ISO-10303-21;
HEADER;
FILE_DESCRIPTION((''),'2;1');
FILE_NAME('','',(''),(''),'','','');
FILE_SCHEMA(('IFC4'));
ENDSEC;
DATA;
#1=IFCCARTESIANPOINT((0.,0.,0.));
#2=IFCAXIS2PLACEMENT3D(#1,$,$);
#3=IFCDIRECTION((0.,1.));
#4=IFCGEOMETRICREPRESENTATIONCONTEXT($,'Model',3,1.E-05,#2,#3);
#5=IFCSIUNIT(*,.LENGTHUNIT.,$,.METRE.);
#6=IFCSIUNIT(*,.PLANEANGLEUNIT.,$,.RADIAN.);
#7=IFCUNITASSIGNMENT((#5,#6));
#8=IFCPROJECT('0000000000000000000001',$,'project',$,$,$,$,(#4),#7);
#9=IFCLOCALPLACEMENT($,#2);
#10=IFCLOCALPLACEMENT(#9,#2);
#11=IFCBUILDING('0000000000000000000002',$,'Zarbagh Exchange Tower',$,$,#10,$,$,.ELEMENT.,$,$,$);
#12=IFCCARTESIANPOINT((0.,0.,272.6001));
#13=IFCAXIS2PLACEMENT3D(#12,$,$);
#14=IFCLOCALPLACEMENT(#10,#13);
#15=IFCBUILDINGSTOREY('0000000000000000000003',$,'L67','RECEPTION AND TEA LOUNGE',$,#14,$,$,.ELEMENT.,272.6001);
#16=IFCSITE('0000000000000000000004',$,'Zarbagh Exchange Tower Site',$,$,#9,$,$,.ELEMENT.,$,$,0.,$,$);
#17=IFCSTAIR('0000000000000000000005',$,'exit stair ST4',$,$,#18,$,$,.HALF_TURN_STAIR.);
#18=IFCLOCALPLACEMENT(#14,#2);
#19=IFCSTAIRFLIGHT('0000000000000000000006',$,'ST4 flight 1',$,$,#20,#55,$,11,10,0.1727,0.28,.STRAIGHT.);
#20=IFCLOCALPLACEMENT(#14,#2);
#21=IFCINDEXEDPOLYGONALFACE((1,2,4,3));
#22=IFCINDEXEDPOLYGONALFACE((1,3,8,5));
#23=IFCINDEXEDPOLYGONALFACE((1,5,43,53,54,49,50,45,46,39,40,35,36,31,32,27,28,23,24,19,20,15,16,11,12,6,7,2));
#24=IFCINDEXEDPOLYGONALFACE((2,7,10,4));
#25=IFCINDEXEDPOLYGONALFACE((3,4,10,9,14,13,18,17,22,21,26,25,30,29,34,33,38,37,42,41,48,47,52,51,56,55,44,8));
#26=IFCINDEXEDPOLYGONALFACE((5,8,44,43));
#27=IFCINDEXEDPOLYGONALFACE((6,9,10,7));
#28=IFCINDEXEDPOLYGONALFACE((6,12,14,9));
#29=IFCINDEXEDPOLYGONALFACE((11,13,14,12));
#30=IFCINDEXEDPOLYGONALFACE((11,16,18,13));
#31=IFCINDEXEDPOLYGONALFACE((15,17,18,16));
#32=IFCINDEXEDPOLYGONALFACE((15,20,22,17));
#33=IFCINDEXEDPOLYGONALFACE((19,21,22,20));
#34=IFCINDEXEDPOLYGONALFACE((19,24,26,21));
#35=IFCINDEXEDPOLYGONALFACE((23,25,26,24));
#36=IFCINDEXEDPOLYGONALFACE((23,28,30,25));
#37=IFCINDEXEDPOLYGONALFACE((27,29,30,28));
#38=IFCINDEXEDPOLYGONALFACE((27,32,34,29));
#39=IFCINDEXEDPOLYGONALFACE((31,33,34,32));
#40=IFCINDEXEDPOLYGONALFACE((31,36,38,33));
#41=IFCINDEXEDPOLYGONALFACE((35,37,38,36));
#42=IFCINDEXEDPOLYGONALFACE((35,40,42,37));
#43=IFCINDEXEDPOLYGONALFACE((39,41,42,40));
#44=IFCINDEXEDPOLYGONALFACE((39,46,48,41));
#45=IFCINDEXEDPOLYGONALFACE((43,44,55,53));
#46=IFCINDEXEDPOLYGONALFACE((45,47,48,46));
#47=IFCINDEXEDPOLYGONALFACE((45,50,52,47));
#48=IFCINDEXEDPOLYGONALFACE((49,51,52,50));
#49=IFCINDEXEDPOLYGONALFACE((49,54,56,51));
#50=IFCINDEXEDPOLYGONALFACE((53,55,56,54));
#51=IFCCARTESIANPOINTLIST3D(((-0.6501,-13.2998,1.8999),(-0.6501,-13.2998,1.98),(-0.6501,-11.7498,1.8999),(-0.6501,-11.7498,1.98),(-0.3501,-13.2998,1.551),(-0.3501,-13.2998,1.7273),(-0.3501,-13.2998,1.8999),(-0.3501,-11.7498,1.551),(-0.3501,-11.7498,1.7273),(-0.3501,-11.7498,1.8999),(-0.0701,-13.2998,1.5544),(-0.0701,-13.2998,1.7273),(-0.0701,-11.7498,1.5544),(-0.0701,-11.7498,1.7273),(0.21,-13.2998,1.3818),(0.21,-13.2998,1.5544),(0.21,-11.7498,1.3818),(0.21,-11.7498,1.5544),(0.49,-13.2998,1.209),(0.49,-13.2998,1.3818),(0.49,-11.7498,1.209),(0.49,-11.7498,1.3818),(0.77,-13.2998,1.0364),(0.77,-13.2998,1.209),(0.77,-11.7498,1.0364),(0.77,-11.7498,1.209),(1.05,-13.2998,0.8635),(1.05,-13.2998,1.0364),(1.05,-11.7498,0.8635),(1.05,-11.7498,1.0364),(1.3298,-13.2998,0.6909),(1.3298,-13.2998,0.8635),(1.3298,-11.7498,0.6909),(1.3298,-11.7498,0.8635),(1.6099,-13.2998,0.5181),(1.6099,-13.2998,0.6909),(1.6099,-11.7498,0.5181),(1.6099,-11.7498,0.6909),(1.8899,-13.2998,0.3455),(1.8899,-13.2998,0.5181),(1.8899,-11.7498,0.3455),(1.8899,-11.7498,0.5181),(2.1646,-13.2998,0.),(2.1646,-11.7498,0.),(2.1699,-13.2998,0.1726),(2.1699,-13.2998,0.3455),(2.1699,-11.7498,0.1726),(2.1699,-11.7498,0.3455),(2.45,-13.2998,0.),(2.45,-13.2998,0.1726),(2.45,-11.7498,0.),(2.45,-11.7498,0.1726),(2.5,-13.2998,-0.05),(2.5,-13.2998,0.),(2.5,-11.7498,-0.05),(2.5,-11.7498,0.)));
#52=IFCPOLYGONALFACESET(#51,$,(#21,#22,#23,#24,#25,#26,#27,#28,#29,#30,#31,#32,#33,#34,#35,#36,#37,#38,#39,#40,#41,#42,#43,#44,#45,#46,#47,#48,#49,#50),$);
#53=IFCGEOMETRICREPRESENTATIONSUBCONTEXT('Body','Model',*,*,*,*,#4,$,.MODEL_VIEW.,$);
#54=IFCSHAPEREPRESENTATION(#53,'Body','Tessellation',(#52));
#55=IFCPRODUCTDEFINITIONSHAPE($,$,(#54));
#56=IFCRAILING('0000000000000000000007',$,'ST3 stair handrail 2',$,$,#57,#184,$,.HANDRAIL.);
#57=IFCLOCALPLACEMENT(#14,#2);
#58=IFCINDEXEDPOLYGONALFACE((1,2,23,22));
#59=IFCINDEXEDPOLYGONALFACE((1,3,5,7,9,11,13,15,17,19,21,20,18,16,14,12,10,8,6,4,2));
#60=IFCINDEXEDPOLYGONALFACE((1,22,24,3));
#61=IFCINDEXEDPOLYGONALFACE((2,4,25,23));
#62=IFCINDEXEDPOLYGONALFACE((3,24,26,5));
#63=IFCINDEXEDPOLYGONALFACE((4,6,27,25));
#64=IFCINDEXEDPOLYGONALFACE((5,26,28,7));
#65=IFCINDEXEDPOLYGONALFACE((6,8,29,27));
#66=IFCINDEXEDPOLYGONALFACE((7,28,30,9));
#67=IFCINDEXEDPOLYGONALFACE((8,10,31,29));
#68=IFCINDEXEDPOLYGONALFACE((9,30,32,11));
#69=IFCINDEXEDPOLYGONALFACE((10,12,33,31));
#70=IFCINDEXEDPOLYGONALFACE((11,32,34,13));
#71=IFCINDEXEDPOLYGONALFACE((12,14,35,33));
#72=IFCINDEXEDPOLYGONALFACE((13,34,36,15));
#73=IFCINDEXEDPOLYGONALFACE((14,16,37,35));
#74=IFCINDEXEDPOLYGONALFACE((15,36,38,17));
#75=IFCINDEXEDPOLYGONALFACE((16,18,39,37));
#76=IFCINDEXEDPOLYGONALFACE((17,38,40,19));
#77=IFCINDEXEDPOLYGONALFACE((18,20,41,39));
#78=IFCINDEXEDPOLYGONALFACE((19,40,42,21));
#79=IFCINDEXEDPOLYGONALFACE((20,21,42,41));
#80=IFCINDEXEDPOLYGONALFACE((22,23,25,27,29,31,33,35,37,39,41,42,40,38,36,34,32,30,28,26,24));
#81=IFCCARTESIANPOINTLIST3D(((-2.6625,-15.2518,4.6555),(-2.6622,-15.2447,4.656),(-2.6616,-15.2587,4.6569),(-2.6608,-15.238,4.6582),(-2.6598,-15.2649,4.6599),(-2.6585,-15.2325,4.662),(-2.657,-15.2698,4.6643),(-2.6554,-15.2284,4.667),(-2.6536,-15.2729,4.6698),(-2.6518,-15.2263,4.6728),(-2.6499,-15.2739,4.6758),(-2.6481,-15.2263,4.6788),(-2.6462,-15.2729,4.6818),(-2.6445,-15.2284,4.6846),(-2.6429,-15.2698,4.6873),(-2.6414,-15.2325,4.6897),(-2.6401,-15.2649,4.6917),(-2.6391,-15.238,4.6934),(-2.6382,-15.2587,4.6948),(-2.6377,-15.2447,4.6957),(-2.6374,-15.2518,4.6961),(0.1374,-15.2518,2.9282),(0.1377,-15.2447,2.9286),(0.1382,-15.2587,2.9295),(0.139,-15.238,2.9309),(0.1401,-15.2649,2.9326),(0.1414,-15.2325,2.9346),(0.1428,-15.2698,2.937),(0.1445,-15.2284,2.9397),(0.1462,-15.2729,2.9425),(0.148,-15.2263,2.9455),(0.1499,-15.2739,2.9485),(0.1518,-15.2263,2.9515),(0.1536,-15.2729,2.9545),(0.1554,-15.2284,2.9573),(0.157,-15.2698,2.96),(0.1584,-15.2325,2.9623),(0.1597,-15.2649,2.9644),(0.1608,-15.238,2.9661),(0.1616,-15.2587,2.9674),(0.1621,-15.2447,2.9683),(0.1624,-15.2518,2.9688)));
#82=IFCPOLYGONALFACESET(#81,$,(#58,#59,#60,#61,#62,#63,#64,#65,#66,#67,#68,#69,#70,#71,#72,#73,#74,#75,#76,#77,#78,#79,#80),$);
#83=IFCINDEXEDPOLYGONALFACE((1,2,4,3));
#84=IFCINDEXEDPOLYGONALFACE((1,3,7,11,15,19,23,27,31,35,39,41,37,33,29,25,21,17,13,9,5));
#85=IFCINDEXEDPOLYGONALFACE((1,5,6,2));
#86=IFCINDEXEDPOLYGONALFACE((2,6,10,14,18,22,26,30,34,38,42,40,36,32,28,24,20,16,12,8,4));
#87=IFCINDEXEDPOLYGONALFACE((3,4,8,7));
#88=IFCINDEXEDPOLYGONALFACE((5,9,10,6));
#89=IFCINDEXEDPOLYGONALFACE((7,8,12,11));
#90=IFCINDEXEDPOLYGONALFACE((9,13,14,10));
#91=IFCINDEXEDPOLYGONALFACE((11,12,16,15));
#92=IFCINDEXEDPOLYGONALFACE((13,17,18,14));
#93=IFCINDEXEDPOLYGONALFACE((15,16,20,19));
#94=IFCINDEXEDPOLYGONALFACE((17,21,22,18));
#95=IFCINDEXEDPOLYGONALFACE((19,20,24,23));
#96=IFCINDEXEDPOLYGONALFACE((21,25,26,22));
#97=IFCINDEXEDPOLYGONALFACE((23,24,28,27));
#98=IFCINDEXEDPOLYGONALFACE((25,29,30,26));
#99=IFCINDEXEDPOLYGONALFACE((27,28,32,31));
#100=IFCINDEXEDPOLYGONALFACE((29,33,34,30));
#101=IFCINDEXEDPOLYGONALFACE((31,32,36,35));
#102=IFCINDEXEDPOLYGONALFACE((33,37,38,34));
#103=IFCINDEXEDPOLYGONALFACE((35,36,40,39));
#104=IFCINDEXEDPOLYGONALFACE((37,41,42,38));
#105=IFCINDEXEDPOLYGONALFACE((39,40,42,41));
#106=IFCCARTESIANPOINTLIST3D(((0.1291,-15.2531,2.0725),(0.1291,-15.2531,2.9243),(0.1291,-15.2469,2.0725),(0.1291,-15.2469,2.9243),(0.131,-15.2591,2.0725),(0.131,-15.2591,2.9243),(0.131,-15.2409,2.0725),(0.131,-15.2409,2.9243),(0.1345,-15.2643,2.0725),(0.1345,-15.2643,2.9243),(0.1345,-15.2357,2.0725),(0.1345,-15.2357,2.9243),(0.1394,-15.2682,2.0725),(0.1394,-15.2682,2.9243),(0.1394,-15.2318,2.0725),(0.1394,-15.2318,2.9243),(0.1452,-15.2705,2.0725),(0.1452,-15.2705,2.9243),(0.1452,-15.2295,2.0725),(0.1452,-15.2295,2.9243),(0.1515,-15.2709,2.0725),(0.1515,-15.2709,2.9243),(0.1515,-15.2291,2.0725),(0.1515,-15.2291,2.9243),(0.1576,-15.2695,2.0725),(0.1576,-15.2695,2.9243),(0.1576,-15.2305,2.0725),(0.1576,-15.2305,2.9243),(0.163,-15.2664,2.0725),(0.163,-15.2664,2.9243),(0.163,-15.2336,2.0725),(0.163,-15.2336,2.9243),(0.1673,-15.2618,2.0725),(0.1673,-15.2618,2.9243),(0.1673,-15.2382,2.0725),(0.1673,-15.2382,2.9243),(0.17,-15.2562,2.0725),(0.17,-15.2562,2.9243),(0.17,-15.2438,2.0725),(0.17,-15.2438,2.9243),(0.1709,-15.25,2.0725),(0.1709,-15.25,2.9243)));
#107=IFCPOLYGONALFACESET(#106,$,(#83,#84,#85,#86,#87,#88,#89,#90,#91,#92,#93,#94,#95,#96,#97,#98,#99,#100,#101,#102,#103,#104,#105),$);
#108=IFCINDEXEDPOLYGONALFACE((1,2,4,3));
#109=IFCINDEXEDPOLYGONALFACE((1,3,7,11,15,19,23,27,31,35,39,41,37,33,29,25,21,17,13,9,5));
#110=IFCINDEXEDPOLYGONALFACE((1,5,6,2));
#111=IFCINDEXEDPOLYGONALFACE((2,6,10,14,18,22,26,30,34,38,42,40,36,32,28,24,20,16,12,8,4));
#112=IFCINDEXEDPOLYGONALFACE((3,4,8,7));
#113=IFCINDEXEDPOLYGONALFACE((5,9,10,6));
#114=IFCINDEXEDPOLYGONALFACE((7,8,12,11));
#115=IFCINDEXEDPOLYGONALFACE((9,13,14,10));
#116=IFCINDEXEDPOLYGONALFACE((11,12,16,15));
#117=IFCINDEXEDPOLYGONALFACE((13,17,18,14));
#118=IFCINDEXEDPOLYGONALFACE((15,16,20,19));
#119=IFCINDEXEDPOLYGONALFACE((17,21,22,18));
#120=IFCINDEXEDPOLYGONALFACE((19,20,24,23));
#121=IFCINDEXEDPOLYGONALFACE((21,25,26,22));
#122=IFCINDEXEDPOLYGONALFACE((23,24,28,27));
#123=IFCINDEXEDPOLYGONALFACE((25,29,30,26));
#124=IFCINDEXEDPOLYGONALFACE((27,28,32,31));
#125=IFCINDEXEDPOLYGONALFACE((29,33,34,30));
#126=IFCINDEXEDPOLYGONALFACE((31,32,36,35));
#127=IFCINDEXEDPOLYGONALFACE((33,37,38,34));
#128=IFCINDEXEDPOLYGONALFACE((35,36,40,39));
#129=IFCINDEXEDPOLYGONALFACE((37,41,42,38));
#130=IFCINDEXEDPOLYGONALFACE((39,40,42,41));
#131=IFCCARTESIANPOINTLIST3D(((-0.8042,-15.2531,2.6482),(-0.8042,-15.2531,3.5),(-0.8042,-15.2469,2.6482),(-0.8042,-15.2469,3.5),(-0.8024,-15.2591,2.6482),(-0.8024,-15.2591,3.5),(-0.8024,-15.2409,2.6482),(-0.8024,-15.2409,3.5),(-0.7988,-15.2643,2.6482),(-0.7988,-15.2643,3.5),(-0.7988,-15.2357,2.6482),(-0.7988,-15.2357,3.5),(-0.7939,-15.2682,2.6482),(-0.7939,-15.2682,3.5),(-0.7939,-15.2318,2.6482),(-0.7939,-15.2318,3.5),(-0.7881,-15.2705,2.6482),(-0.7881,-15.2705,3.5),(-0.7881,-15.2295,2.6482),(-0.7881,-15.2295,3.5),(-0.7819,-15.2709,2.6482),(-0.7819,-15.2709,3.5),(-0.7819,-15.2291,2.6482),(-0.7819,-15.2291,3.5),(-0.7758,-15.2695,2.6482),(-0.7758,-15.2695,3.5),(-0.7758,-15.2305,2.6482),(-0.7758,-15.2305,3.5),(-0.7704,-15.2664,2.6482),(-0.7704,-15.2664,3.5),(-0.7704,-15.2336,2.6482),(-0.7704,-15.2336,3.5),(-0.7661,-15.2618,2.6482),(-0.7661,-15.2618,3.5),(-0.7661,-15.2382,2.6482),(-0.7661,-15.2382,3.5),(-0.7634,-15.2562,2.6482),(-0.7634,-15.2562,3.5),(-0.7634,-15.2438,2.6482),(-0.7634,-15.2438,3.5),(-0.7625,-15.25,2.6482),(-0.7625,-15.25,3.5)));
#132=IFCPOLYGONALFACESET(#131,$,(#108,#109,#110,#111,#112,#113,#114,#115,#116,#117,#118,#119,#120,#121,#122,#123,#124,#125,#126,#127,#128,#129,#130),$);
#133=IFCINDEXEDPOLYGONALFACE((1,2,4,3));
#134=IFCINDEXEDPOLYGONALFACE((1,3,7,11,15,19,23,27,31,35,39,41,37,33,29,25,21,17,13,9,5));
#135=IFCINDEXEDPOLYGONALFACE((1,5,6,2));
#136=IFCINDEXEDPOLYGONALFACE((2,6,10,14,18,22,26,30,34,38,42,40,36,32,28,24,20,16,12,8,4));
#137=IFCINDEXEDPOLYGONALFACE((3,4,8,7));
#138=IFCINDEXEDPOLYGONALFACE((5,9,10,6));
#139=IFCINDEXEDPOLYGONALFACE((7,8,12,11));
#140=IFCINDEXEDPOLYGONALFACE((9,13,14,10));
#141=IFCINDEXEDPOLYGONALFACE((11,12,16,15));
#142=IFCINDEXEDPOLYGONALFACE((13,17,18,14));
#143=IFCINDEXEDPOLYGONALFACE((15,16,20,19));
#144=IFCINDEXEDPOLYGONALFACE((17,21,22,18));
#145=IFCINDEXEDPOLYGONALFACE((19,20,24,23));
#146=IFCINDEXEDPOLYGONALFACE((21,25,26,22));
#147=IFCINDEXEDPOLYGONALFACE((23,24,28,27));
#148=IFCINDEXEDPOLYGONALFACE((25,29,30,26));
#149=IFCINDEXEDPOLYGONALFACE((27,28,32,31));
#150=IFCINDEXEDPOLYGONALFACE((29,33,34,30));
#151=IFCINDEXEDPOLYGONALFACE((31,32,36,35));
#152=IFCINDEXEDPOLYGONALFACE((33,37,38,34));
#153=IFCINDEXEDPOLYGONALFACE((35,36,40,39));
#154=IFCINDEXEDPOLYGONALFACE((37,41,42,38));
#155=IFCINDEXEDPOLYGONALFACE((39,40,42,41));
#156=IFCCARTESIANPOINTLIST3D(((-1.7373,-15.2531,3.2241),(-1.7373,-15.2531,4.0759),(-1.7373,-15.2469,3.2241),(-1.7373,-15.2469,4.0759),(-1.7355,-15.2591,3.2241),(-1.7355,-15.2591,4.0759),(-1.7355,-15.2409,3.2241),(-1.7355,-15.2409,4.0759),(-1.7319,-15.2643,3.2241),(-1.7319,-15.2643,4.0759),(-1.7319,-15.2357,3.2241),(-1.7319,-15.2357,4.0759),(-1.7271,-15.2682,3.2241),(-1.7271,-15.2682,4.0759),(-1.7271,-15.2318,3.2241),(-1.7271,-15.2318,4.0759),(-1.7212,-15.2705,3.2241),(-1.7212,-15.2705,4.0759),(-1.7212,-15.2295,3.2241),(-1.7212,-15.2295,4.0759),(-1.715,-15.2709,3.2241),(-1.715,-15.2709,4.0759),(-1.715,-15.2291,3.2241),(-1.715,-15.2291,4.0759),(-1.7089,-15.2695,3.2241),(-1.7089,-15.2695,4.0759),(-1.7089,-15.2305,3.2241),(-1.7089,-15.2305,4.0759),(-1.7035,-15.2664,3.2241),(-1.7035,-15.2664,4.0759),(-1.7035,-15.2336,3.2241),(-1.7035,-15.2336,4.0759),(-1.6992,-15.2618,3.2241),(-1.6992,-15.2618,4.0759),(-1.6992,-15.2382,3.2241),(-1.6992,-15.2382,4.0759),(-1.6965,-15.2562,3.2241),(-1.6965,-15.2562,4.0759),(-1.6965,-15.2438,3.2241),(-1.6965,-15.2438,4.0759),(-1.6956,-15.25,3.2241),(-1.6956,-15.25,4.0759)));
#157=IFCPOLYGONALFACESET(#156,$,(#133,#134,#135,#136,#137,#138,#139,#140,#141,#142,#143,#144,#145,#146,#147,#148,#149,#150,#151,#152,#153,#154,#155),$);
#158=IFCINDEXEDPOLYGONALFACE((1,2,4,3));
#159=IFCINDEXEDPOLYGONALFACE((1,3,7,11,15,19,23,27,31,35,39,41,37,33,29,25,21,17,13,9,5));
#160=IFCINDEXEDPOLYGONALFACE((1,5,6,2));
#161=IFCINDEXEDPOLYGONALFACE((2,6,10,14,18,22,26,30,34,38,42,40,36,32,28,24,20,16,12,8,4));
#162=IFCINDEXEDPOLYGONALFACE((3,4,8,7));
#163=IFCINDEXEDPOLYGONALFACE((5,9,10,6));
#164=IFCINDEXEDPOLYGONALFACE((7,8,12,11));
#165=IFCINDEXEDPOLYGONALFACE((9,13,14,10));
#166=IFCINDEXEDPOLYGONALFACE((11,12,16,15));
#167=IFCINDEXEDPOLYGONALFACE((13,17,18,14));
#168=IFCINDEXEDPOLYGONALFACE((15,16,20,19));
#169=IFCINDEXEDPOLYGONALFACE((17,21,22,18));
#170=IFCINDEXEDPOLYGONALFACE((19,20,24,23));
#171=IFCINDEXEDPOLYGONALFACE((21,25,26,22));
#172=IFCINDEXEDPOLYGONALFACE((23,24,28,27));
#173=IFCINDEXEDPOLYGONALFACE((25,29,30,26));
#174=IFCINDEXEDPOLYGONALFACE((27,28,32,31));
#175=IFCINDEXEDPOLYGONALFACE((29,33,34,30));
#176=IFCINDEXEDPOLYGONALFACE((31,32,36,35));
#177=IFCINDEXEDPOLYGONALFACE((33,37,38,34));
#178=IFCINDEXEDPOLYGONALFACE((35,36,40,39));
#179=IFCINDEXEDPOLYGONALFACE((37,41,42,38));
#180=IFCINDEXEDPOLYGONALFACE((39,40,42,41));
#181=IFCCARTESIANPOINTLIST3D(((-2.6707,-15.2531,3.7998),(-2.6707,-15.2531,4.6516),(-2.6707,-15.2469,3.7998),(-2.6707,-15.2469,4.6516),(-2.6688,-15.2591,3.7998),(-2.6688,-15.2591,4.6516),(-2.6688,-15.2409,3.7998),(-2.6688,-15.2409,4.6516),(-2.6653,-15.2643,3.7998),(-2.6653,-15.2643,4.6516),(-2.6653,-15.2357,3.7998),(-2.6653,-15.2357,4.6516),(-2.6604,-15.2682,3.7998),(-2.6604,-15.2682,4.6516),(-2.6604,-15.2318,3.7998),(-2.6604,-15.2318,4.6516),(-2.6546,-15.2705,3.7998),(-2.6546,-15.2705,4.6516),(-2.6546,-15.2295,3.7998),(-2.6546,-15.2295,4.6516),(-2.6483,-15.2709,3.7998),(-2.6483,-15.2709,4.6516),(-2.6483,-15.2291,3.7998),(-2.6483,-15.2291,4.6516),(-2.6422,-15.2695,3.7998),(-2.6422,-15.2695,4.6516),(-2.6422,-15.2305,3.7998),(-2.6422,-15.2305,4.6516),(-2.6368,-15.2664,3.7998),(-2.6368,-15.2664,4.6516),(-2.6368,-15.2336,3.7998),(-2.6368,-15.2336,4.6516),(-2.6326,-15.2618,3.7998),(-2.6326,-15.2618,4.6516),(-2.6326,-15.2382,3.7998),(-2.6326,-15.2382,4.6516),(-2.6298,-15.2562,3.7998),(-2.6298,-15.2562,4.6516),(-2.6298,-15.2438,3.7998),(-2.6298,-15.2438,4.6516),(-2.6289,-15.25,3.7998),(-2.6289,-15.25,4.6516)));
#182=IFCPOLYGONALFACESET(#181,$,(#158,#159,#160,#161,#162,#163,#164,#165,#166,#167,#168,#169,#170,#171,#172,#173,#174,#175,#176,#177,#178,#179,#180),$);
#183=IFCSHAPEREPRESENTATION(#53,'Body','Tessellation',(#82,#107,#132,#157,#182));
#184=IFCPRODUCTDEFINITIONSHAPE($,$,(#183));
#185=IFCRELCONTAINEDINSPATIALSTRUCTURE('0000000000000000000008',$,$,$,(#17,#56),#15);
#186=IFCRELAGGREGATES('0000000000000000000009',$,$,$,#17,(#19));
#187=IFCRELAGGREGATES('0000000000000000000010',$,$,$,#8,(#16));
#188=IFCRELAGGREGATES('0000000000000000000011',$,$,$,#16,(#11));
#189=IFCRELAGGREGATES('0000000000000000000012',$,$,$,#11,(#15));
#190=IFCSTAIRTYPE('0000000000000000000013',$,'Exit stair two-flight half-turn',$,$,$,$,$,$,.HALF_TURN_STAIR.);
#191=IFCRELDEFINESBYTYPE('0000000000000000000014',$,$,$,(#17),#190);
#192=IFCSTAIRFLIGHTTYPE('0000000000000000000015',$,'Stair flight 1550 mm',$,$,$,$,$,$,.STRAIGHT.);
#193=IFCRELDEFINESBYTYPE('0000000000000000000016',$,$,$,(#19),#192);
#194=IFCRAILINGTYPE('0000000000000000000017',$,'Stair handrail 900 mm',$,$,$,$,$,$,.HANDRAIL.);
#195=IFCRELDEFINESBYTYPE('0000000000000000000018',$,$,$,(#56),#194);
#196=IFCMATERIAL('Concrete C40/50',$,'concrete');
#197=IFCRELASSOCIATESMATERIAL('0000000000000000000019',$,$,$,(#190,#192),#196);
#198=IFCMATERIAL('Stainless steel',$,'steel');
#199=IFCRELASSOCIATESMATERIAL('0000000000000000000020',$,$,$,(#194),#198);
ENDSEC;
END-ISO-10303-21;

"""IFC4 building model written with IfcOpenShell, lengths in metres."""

from ifc_helpers import new_model, si_unit, direction, frame, origin, origin_2d, place, context, subcontext, project, spatial, polyline, circle, outline, extrude, material, type_object, element, aggregate, save


model = new_model("IFC4")

# Units and contexts
model_context = context("Model", 3, precision=1e-05, world=origin(), true_north=direction((0.0, 1.0)))
body_context = subcontext(model_context, "Body", "Model", "MODEL_VIEW")
ifc_project = project(units=[si_unit("LENGTHUNIT", "METRE"), si_unit("PLANEANGLEUNIT", "RADIAN")], contexts=[model_context])

# Site, building, storey
site_placement = place(None, origin())
site = spatial("IfcSite", under=ifc_project, at=site_placement, Name="Zarbagh Exchange Tower Site", CompositionType="ELEMENT", RefElevation=0.0)
building_placement = place(site_placement, origin())
building = spatial("IfcBuilding", under=site, at=building_placement, Name="Zarbagh Exchange Tower", CompositionType="ELEMENT")
storey_placement = place(building_placement, frame((0.0, 0.0, 272.6001)))
storey = spatial("IfcBuildingStorey", under=building, at=storey_placement, Name="L67", Description="RECEPTION AND TEA LOUNGE", CompositionType="ELEMENT", Elevation=272.6001)

# Shared definitions
ifc_material_1 = material(Name="Stainless steel", Category="steel")

# Stair, stair flight
ifc_material_2 = material(Name="Concrete C40/50", Category="concrete")
stair_type = type_object("IfcStairType", Name="Exit stair two-flight half-turn", PredefinedType="HALF_TURN_STAIR", material=ifc_material_2)
stair_1_placement = place(storey_placement, origin())
stair_1 = element("IfcStair", 1, at=stair_1_placement, inside=storey, type_object=stair_type, Name="exit stair ST4", PredefinedType="HALF_TURN_STAIR")
stair_flight_type_1 = type_object("IfcStairFlightType", Name="Stair flight 1550 mm", PredefinedType="STRAIGHT", material=ifc_material_2)
stair_flight_1_placement = place(storey_placement, frame((2.45, -12.5249, 0.0), z_axis=(0.0, 0.0, 1.0), x_axis=(-1.0, 0.0, 0.0)))
stair_flight_1 = element("IfcStairFlight", 2, at=stair_flight_1_placement, type_object=stair_flight_type_1, Name="ST4 flight 1", NumberOfRisers=11, NumberOfTreads=10, PredefinedType="STRAIGHT", RiserHeight=0.1727, TreadLength=0.28, context=body_context, shape_type="SweptSolid", body=[
    extrude(outline(polyline([(-0.05, -0.05), (-0.05, 0.0), (0.0, 0.0), (0.0, 0.1726), (0.28, 0.1726), (0.28, 0.3455), (0.5601, 0.3455), (0.5601, 0.5181), (0.8401, 0.5181), (0.8401, 0.6909), (1.1201, 0.6909), (1.1201, 0.8635), (1.3999, 0.8635), (1.3999, 1.0364), (1.6799, 1.0364), (1.6799, 1.209), (1.96, 1.209), (1.96, 1.3818), (2.24, 1.3818), (2.24, 1.5544), (2.52, 1.5544), (2.52, 1.7273), (2.8, 1.7273), (2.8, 1.8999), (3.1001, 1.98), (3.1001, 1.8999), (2.8, 1.551), (0.2854, 0.0), (-0.05, -0.05)])), frame((0.0, 0.7749, 0.0), z_axis=(0.0, -1.0, 0.0), x_axis=(1.0, 0.0, 0.0)), (0.0, 0.0, 1.0), 1.55),
])
aggregate(stair_1, [stair_flight_1])

# Railing
railing_type = type_object("IfcRailingType", Name="Stair handrail 900 mm", PredefinedType="HANDRAIL", material=ifc_material_1)
railing_placement = place(storey_placement, frame((0.1499, -15.25, 2.0725)))
element("IfcRailing", 3, at=railing_placement, inside=storey, type_object=railing_type, Name="ST3 stair handrail 2", PredefinedType="HANDRAIL", context=body_context, shape_type="SweptSolid", body=[
    extrude(circle(Radius=0.0239, at=origin_2d()), frame((0.0, 0.0, 0.876), z_axis=(-0.851069, 0.0, 0.525054), x_axis=(0.0, -1.0, 0.0)), (0.0, 0.0, 1.0), 3.2898),
    extrude(circle(Radius=0.021, at=origin_2d()), origin(), (0.0, 0.0, 1.0), 0.8518),
    extrude(circle(Radius=0.021, at=origin_2d()), frame((-0.9333, 0.0, 0.5757)), (0.0, 0.0, 1.0), 0.8518),
    extrude(circle(Radius=0.021, at=origin_2d()), frame((-1.8665, 0.0, 1.1516)), (0.0, 0.0, 1.0), 0.8518),
    extrude(circle(Radius=0.021, at=origin_2d()), frame((-2.7998, 0.0, 1.7273)), (0.0, 0.0, 1.0), 0.8518),
])

save(model, "model.ifc")
